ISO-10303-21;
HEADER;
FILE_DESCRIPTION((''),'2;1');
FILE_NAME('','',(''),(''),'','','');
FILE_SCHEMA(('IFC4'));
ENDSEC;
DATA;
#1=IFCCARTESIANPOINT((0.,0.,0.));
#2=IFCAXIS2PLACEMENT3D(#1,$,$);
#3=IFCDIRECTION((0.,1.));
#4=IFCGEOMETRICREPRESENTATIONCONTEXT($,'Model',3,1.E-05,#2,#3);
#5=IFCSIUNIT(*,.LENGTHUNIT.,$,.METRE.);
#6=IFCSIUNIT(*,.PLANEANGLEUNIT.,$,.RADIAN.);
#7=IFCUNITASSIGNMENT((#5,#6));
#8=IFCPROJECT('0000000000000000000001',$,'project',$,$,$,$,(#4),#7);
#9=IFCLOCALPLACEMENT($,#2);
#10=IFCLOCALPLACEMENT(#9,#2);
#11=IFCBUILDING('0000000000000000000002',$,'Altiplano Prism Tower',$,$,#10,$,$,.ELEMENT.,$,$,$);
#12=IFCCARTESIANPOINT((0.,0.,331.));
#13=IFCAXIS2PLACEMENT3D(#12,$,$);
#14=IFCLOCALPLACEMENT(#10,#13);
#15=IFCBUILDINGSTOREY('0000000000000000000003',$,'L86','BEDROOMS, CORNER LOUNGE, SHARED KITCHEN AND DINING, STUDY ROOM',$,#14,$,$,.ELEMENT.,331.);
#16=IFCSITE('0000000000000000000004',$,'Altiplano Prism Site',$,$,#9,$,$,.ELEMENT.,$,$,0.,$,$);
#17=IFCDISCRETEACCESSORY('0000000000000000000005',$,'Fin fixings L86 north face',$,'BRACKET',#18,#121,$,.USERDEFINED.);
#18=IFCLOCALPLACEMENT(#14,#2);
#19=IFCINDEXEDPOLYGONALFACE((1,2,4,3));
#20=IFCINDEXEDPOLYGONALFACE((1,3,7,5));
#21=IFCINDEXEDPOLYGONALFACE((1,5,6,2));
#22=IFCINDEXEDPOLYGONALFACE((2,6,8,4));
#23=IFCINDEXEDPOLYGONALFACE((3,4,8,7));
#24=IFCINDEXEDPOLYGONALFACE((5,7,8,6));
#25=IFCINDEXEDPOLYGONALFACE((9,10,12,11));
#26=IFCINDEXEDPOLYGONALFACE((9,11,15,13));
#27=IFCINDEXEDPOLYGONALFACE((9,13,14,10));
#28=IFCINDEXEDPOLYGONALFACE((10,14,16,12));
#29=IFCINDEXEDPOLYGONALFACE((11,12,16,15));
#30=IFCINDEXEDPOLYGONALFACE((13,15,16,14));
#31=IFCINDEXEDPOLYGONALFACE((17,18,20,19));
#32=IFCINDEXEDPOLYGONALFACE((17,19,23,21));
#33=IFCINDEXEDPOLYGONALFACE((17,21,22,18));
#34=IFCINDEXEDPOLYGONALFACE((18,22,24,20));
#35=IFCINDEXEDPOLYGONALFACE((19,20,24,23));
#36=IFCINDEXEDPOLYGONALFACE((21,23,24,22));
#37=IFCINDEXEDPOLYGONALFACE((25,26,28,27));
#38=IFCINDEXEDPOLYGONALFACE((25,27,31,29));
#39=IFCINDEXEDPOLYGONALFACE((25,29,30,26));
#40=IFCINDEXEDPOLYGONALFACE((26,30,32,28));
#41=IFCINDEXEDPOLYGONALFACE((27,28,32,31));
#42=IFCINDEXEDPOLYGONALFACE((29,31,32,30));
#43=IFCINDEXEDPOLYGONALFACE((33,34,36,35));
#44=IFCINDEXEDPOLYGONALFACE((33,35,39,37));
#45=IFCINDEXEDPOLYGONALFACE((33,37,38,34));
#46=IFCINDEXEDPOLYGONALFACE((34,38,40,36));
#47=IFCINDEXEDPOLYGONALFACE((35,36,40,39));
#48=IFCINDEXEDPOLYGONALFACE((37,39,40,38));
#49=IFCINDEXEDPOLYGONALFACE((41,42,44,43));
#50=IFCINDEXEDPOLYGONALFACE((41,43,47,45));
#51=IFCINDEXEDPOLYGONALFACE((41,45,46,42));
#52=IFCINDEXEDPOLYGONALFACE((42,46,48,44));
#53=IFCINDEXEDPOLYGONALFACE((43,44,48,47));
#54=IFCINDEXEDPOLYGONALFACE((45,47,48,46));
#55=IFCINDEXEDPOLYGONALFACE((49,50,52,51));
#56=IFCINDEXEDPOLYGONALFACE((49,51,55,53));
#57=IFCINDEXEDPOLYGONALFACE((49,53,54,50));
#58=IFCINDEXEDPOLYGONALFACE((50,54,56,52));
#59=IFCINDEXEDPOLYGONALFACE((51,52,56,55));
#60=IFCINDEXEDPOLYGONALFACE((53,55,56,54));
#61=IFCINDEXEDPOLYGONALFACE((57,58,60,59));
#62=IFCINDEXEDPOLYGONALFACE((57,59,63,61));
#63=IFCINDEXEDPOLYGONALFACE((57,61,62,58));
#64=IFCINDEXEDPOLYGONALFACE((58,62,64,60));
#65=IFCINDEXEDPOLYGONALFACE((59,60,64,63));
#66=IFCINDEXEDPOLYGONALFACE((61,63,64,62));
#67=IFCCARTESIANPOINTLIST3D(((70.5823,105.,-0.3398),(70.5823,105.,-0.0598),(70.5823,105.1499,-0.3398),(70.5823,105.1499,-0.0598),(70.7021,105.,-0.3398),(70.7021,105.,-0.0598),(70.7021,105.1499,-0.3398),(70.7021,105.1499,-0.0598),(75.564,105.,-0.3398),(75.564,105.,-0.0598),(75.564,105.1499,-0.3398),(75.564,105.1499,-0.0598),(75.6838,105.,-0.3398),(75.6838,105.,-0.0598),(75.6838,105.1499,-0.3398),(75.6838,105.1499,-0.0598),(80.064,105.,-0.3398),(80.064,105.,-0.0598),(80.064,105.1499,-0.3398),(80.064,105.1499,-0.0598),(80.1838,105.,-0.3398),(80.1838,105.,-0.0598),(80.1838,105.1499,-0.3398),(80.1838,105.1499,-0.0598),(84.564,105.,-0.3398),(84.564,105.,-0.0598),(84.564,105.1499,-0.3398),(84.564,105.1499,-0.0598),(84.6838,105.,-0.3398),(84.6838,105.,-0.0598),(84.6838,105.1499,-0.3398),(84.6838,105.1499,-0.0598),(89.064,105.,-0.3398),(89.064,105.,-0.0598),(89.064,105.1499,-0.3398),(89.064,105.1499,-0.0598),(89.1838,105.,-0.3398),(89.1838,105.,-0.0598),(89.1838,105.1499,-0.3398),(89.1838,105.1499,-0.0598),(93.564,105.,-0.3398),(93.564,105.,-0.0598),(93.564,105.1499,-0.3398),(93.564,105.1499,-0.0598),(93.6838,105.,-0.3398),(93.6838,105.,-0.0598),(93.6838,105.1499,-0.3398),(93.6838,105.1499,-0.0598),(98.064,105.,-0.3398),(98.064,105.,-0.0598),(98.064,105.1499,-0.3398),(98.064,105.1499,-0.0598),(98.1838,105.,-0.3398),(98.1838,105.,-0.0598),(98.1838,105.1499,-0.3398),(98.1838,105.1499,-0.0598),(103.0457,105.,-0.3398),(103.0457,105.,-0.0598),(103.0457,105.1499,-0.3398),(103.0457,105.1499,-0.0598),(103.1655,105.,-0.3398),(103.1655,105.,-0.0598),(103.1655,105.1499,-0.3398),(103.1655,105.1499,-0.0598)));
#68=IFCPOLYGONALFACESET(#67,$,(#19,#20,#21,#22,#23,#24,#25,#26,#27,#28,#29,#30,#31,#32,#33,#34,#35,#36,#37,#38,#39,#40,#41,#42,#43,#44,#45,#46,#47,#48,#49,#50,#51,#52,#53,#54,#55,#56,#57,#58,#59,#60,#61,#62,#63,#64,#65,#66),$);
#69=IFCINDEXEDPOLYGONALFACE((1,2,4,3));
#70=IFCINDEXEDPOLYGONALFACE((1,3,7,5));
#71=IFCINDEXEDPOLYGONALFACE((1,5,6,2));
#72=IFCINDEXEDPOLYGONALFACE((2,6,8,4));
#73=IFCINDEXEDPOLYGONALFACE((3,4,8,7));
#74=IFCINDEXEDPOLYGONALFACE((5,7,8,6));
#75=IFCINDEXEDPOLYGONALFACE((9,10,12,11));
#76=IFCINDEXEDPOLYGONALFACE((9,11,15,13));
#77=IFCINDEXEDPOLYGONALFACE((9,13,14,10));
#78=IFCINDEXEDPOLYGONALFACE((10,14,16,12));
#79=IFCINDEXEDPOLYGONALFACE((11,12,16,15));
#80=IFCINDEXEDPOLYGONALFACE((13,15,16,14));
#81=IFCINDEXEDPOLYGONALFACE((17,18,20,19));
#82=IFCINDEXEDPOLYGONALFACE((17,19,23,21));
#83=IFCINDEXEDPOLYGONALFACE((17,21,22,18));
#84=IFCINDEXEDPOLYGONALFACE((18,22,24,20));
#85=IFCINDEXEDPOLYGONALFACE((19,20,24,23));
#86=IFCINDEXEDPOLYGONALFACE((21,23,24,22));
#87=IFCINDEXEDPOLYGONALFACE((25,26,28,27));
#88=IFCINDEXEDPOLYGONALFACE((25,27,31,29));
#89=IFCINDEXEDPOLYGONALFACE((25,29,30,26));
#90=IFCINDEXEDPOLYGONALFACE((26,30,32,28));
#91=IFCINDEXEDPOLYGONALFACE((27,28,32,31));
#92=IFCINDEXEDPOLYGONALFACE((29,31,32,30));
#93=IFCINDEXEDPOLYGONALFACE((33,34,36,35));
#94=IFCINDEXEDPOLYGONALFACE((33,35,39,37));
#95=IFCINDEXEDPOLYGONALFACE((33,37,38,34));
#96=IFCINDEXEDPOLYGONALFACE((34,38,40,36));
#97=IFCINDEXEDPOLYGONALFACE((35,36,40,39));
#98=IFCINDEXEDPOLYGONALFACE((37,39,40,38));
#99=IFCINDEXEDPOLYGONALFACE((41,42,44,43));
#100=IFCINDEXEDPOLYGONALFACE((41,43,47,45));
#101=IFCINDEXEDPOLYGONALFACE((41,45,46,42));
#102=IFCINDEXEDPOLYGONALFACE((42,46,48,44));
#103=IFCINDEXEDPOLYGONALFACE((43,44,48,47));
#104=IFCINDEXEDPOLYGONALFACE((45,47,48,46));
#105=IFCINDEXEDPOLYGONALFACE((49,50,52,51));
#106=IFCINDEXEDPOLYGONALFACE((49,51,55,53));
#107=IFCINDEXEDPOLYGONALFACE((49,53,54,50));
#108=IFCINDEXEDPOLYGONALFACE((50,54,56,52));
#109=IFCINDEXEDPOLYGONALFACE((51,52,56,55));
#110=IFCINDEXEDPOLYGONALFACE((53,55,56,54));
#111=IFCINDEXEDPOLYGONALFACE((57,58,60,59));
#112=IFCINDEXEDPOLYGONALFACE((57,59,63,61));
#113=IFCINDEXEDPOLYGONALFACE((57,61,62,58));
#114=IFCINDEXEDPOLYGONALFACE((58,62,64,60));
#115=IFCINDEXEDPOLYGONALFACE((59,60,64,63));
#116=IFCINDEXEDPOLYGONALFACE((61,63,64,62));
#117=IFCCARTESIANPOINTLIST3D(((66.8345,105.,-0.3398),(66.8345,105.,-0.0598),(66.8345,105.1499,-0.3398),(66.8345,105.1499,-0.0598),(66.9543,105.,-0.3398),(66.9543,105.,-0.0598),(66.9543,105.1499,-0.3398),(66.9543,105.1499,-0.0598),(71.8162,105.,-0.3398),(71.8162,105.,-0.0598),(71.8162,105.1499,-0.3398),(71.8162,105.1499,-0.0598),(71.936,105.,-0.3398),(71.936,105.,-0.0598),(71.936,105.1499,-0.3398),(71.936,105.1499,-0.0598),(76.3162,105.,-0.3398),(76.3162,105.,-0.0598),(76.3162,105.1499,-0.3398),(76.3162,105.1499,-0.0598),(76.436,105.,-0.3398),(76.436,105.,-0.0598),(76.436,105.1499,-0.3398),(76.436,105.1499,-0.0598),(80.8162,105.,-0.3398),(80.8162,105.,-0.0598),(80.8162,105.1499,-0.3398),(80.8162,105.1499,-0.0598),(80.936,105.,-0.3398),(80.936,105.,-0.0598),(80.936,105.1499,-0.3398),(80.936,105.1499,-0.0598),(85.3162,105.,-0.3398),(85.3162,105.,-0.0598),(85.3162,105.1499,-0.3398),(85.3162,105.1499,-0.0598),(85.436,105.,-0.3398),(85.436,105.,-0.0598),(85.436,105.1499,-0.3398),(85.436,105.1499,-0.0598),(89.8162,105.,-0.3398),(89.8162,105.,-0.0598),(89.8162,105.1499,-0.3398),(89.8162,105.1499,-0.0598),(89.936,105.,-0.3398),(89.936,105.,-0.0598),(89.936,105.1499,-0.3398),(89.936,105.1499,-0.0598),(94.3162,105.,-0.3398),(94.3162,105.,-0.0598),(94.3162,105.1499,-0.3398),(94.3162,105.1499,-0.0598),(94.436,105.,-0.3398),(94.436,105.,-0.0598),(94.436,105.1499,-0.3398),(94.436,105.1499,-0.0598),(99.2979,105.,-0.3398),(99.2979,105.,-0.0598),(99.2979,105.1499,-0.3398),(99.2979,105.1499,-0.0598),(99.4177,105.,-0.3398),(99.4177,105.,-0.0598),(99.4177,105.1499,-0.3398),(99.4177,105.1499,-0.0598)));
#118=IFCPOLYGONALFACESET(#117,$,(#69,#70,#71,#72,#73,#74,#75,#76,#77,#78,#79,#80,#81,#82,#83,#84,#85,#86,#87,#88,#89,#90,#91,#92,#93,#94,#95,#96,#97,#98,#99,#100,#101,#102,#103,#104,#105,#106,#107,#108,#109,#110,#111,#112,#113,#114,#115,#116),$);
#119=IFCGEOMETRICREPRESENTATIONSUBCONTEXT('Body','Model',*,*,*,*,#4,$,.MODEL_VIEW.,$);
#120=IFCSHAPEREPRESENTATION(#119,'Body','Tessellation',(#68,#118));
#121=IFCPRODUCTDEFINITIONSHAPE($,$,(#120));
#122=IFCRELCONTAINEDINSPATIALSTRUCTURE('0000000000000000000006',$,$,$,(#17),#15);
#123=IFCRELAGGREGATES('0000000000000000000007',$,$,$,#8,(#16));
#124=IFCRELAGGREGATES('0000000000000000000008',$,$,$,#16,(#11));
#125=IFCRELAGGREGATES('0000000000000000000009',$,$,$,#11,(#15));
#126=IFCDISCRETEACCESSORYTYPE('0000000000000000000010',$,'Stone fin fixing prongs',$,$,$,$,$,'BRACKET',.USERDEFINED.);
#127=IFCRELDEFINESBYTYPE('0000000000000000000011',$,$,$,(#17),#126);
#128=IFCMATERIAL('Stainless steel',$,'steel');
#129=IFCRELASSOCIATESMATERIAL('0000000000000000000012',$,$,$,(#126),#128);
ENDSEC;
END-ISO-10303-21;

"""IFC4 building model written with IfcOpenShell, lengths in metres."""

from ifc_helpers import new_model, si_unit, direction, frame, origin, place, context, subcontext, project, spatial, polyline, outline, extrude, source, transform, mapped, material, type_object, element, save


model = new_model("IFC4")

# Units and contexts
model_context = context("Model", 3, precision=1e-05, world=origin(), true_north=direction((0.0, 1.0)))
body_context = subcontext(model_context, "Body", "Model", "MODEL_VIEW")
ifc_project = project(units=[si_unit("LENGTHUNIT", "METRE"), si_unit("PLANEANGLEUNIT", "RADIAN")], contexts=[model_context])

# Site, building, storey
site_placement = place(None, origin())
site = spatial("IfcSite", under=ifc_project, at=site_placement, Name="Altiplano Prism Site", CompositionType="ELEMENT", RefElevation=0.0)
building_placement = place(site_placement, origin())
building = spatial("IfcBuilding", under=site, at=building_placement, Name="Altiplano Prism Tower", CompositionType="ELEMENT")
storey_placement = place(building_placement, frame((0.0, 0.0, 331.0)))
storey = spatial("IfcBuildingStorey", under=building, at=storey_placement, Name="L86", Description="BEDROOMS, CORNER LOUNGE, SHARED KITCHEN AND DINING, STUDY ROOM", CompositionType="ELEMENT", Elevation=331.0)

# Discrete accessory
ifc_material_1 = material(Name="Stainless steel", Category="steel")
discrete_accessory_type = type_object("IfcDiscreteAccessoryType", Name="Stone fin fixing prongs", ElementType="BRACKET", PredefinedType="USERDEFINED", material=ifc_material_1)
shared_shape_1 = source(origin(), body_context, "Body", "SweptSolid", [
    extrude(outline(polyline([(-1.9338, 0.0601), (-1.814, 0.0601), (-1.814, 0.3401), (-1.9338, 0.3401), (-1.9338, 0.0601)])), frame((0.0, 0.0, 0.0), z_axis=(0.0, -1.0, 0.0), x_axis=(1.0, 0.0, 0.0)), (0.0, 0.0, 1.0), 0.1499),
    extrude(outline(polyline([(1.814, 0.0601), (1.9338, 0.0601), (1.9338, 0.3401), (1.814, 0.3401), (1.814, 0.0601)])), frame((0.0, 0.0, 0.0), z_axis=(0.0, -1.0, 0.0), x_axis=(1.0, 0.0, 0.0)), (0.0, 0.0, 1.0), 0.1499),
])
shared_shape_2 = source(origin(), body_context, "Body", "SweptSolid", [
    extrude(outline(polyline([(-1.9338, 0.0601), (-1.814, 0.0601), (-1.814, 0.3401), (-1.9338, 0.3401), (-1.9338, 0.0601)])), frame((0.0, 0.0, 0.0), z_axis=(0.0, -1.0, 0.0), x_axis=(1.0, 0.0, 0.0)), (0.0, 0.0, 1.0), 0.1499),
    extrude(outline(polyline([(1.814, 0.0601), (1.9338, 0.0601), (1.9338, 0.3401), (1.814, 0.3401), (1.814, 0.0601)])), frame((0.0, 0.0, 0.0), z_axis=(0.0, -1.0, 0.0), x_axis=(1.0, 0.0, 0.0)), (0.0, 0.0, 1.0), 0.1499),
])
discrete_accessory_1_placement = place(storey_placement, origin())
element("IfcDiscreteAccessory", 1, at=discrete_accessory_1_placement, inside=storey, type_object=discrete_accessory_type, Name="Fin fixings L86 north face", ObjectType="BRACKET", PredefinedType="USERDEFINED", context=body_context, shape_type="MappedRepresentation", body=[
    mapped(shared_shape_1, transform((101.2317, 105.0, -0.3999), x_axis=(-1.0, 0.0, 0.0), y_axis=(0.0, -1.0, 0.0), z_axis=(0.0, 0.0, 1.0))),
    mapped(shared_shape_2, transform((96.25, 105.0, -0.3999), x_axis=(-1.0, 0.0, 0.0), y_axis=(0.0, -1.0, 0.0), z_axis=(0.0, 0.0, 1.0))),
    mapped(shared_shape_2, transform((91.75, 105.0, -0.3999), x_axis=(-1.0, 0.0, 0.0), y_axis=(0.0, -1.0, 0.0), z_axis=(0.0, 0.0, 1.0))),
    mapped(shared_shape_2, transform((87.25, 105.0, -0.3999), x_axis=(-1.0, 0.0, 0.0), y_axis=(0.0, -1.0, 0.0), z_axis=(0.0, 0.0, 1.0))),
    mapped(shared_shape_2, transform((82.75, 105.0, -0.3999), x_axis=(-1.0, 0.0, 0.0), y_axis=(0.0, -1.0, 0.0), z_axis=(0.0, 0.0, 1.0))),
    mapped(shared_shape_2, transform((78.25, 105.0, -0.3999), x_axis=(-1.0, 0.0, 0.0), y_axis=(0.0, -1.0, 0.0), z_axis=(0.0, 0.0, 1.0))),
    mapped(shared_shape_2, transform((73.75, 105.0, -0.3999), x_axis=(-1.0, 0.0, 0.0), y_axis=(0.0, -1.0, 0.0), z_axis=(0.0, 0.0, 1.0))),
    mapped(shared_shape_1, transform((68.7683, 105.0, -0.3999), x_axis=(-1.0, 0.0, 0.0), y_axis=(0.0, -1.0, 0.0), z_axis=(0.0, 0.0, 1.0))),
])

save(model, "model.ifc")
